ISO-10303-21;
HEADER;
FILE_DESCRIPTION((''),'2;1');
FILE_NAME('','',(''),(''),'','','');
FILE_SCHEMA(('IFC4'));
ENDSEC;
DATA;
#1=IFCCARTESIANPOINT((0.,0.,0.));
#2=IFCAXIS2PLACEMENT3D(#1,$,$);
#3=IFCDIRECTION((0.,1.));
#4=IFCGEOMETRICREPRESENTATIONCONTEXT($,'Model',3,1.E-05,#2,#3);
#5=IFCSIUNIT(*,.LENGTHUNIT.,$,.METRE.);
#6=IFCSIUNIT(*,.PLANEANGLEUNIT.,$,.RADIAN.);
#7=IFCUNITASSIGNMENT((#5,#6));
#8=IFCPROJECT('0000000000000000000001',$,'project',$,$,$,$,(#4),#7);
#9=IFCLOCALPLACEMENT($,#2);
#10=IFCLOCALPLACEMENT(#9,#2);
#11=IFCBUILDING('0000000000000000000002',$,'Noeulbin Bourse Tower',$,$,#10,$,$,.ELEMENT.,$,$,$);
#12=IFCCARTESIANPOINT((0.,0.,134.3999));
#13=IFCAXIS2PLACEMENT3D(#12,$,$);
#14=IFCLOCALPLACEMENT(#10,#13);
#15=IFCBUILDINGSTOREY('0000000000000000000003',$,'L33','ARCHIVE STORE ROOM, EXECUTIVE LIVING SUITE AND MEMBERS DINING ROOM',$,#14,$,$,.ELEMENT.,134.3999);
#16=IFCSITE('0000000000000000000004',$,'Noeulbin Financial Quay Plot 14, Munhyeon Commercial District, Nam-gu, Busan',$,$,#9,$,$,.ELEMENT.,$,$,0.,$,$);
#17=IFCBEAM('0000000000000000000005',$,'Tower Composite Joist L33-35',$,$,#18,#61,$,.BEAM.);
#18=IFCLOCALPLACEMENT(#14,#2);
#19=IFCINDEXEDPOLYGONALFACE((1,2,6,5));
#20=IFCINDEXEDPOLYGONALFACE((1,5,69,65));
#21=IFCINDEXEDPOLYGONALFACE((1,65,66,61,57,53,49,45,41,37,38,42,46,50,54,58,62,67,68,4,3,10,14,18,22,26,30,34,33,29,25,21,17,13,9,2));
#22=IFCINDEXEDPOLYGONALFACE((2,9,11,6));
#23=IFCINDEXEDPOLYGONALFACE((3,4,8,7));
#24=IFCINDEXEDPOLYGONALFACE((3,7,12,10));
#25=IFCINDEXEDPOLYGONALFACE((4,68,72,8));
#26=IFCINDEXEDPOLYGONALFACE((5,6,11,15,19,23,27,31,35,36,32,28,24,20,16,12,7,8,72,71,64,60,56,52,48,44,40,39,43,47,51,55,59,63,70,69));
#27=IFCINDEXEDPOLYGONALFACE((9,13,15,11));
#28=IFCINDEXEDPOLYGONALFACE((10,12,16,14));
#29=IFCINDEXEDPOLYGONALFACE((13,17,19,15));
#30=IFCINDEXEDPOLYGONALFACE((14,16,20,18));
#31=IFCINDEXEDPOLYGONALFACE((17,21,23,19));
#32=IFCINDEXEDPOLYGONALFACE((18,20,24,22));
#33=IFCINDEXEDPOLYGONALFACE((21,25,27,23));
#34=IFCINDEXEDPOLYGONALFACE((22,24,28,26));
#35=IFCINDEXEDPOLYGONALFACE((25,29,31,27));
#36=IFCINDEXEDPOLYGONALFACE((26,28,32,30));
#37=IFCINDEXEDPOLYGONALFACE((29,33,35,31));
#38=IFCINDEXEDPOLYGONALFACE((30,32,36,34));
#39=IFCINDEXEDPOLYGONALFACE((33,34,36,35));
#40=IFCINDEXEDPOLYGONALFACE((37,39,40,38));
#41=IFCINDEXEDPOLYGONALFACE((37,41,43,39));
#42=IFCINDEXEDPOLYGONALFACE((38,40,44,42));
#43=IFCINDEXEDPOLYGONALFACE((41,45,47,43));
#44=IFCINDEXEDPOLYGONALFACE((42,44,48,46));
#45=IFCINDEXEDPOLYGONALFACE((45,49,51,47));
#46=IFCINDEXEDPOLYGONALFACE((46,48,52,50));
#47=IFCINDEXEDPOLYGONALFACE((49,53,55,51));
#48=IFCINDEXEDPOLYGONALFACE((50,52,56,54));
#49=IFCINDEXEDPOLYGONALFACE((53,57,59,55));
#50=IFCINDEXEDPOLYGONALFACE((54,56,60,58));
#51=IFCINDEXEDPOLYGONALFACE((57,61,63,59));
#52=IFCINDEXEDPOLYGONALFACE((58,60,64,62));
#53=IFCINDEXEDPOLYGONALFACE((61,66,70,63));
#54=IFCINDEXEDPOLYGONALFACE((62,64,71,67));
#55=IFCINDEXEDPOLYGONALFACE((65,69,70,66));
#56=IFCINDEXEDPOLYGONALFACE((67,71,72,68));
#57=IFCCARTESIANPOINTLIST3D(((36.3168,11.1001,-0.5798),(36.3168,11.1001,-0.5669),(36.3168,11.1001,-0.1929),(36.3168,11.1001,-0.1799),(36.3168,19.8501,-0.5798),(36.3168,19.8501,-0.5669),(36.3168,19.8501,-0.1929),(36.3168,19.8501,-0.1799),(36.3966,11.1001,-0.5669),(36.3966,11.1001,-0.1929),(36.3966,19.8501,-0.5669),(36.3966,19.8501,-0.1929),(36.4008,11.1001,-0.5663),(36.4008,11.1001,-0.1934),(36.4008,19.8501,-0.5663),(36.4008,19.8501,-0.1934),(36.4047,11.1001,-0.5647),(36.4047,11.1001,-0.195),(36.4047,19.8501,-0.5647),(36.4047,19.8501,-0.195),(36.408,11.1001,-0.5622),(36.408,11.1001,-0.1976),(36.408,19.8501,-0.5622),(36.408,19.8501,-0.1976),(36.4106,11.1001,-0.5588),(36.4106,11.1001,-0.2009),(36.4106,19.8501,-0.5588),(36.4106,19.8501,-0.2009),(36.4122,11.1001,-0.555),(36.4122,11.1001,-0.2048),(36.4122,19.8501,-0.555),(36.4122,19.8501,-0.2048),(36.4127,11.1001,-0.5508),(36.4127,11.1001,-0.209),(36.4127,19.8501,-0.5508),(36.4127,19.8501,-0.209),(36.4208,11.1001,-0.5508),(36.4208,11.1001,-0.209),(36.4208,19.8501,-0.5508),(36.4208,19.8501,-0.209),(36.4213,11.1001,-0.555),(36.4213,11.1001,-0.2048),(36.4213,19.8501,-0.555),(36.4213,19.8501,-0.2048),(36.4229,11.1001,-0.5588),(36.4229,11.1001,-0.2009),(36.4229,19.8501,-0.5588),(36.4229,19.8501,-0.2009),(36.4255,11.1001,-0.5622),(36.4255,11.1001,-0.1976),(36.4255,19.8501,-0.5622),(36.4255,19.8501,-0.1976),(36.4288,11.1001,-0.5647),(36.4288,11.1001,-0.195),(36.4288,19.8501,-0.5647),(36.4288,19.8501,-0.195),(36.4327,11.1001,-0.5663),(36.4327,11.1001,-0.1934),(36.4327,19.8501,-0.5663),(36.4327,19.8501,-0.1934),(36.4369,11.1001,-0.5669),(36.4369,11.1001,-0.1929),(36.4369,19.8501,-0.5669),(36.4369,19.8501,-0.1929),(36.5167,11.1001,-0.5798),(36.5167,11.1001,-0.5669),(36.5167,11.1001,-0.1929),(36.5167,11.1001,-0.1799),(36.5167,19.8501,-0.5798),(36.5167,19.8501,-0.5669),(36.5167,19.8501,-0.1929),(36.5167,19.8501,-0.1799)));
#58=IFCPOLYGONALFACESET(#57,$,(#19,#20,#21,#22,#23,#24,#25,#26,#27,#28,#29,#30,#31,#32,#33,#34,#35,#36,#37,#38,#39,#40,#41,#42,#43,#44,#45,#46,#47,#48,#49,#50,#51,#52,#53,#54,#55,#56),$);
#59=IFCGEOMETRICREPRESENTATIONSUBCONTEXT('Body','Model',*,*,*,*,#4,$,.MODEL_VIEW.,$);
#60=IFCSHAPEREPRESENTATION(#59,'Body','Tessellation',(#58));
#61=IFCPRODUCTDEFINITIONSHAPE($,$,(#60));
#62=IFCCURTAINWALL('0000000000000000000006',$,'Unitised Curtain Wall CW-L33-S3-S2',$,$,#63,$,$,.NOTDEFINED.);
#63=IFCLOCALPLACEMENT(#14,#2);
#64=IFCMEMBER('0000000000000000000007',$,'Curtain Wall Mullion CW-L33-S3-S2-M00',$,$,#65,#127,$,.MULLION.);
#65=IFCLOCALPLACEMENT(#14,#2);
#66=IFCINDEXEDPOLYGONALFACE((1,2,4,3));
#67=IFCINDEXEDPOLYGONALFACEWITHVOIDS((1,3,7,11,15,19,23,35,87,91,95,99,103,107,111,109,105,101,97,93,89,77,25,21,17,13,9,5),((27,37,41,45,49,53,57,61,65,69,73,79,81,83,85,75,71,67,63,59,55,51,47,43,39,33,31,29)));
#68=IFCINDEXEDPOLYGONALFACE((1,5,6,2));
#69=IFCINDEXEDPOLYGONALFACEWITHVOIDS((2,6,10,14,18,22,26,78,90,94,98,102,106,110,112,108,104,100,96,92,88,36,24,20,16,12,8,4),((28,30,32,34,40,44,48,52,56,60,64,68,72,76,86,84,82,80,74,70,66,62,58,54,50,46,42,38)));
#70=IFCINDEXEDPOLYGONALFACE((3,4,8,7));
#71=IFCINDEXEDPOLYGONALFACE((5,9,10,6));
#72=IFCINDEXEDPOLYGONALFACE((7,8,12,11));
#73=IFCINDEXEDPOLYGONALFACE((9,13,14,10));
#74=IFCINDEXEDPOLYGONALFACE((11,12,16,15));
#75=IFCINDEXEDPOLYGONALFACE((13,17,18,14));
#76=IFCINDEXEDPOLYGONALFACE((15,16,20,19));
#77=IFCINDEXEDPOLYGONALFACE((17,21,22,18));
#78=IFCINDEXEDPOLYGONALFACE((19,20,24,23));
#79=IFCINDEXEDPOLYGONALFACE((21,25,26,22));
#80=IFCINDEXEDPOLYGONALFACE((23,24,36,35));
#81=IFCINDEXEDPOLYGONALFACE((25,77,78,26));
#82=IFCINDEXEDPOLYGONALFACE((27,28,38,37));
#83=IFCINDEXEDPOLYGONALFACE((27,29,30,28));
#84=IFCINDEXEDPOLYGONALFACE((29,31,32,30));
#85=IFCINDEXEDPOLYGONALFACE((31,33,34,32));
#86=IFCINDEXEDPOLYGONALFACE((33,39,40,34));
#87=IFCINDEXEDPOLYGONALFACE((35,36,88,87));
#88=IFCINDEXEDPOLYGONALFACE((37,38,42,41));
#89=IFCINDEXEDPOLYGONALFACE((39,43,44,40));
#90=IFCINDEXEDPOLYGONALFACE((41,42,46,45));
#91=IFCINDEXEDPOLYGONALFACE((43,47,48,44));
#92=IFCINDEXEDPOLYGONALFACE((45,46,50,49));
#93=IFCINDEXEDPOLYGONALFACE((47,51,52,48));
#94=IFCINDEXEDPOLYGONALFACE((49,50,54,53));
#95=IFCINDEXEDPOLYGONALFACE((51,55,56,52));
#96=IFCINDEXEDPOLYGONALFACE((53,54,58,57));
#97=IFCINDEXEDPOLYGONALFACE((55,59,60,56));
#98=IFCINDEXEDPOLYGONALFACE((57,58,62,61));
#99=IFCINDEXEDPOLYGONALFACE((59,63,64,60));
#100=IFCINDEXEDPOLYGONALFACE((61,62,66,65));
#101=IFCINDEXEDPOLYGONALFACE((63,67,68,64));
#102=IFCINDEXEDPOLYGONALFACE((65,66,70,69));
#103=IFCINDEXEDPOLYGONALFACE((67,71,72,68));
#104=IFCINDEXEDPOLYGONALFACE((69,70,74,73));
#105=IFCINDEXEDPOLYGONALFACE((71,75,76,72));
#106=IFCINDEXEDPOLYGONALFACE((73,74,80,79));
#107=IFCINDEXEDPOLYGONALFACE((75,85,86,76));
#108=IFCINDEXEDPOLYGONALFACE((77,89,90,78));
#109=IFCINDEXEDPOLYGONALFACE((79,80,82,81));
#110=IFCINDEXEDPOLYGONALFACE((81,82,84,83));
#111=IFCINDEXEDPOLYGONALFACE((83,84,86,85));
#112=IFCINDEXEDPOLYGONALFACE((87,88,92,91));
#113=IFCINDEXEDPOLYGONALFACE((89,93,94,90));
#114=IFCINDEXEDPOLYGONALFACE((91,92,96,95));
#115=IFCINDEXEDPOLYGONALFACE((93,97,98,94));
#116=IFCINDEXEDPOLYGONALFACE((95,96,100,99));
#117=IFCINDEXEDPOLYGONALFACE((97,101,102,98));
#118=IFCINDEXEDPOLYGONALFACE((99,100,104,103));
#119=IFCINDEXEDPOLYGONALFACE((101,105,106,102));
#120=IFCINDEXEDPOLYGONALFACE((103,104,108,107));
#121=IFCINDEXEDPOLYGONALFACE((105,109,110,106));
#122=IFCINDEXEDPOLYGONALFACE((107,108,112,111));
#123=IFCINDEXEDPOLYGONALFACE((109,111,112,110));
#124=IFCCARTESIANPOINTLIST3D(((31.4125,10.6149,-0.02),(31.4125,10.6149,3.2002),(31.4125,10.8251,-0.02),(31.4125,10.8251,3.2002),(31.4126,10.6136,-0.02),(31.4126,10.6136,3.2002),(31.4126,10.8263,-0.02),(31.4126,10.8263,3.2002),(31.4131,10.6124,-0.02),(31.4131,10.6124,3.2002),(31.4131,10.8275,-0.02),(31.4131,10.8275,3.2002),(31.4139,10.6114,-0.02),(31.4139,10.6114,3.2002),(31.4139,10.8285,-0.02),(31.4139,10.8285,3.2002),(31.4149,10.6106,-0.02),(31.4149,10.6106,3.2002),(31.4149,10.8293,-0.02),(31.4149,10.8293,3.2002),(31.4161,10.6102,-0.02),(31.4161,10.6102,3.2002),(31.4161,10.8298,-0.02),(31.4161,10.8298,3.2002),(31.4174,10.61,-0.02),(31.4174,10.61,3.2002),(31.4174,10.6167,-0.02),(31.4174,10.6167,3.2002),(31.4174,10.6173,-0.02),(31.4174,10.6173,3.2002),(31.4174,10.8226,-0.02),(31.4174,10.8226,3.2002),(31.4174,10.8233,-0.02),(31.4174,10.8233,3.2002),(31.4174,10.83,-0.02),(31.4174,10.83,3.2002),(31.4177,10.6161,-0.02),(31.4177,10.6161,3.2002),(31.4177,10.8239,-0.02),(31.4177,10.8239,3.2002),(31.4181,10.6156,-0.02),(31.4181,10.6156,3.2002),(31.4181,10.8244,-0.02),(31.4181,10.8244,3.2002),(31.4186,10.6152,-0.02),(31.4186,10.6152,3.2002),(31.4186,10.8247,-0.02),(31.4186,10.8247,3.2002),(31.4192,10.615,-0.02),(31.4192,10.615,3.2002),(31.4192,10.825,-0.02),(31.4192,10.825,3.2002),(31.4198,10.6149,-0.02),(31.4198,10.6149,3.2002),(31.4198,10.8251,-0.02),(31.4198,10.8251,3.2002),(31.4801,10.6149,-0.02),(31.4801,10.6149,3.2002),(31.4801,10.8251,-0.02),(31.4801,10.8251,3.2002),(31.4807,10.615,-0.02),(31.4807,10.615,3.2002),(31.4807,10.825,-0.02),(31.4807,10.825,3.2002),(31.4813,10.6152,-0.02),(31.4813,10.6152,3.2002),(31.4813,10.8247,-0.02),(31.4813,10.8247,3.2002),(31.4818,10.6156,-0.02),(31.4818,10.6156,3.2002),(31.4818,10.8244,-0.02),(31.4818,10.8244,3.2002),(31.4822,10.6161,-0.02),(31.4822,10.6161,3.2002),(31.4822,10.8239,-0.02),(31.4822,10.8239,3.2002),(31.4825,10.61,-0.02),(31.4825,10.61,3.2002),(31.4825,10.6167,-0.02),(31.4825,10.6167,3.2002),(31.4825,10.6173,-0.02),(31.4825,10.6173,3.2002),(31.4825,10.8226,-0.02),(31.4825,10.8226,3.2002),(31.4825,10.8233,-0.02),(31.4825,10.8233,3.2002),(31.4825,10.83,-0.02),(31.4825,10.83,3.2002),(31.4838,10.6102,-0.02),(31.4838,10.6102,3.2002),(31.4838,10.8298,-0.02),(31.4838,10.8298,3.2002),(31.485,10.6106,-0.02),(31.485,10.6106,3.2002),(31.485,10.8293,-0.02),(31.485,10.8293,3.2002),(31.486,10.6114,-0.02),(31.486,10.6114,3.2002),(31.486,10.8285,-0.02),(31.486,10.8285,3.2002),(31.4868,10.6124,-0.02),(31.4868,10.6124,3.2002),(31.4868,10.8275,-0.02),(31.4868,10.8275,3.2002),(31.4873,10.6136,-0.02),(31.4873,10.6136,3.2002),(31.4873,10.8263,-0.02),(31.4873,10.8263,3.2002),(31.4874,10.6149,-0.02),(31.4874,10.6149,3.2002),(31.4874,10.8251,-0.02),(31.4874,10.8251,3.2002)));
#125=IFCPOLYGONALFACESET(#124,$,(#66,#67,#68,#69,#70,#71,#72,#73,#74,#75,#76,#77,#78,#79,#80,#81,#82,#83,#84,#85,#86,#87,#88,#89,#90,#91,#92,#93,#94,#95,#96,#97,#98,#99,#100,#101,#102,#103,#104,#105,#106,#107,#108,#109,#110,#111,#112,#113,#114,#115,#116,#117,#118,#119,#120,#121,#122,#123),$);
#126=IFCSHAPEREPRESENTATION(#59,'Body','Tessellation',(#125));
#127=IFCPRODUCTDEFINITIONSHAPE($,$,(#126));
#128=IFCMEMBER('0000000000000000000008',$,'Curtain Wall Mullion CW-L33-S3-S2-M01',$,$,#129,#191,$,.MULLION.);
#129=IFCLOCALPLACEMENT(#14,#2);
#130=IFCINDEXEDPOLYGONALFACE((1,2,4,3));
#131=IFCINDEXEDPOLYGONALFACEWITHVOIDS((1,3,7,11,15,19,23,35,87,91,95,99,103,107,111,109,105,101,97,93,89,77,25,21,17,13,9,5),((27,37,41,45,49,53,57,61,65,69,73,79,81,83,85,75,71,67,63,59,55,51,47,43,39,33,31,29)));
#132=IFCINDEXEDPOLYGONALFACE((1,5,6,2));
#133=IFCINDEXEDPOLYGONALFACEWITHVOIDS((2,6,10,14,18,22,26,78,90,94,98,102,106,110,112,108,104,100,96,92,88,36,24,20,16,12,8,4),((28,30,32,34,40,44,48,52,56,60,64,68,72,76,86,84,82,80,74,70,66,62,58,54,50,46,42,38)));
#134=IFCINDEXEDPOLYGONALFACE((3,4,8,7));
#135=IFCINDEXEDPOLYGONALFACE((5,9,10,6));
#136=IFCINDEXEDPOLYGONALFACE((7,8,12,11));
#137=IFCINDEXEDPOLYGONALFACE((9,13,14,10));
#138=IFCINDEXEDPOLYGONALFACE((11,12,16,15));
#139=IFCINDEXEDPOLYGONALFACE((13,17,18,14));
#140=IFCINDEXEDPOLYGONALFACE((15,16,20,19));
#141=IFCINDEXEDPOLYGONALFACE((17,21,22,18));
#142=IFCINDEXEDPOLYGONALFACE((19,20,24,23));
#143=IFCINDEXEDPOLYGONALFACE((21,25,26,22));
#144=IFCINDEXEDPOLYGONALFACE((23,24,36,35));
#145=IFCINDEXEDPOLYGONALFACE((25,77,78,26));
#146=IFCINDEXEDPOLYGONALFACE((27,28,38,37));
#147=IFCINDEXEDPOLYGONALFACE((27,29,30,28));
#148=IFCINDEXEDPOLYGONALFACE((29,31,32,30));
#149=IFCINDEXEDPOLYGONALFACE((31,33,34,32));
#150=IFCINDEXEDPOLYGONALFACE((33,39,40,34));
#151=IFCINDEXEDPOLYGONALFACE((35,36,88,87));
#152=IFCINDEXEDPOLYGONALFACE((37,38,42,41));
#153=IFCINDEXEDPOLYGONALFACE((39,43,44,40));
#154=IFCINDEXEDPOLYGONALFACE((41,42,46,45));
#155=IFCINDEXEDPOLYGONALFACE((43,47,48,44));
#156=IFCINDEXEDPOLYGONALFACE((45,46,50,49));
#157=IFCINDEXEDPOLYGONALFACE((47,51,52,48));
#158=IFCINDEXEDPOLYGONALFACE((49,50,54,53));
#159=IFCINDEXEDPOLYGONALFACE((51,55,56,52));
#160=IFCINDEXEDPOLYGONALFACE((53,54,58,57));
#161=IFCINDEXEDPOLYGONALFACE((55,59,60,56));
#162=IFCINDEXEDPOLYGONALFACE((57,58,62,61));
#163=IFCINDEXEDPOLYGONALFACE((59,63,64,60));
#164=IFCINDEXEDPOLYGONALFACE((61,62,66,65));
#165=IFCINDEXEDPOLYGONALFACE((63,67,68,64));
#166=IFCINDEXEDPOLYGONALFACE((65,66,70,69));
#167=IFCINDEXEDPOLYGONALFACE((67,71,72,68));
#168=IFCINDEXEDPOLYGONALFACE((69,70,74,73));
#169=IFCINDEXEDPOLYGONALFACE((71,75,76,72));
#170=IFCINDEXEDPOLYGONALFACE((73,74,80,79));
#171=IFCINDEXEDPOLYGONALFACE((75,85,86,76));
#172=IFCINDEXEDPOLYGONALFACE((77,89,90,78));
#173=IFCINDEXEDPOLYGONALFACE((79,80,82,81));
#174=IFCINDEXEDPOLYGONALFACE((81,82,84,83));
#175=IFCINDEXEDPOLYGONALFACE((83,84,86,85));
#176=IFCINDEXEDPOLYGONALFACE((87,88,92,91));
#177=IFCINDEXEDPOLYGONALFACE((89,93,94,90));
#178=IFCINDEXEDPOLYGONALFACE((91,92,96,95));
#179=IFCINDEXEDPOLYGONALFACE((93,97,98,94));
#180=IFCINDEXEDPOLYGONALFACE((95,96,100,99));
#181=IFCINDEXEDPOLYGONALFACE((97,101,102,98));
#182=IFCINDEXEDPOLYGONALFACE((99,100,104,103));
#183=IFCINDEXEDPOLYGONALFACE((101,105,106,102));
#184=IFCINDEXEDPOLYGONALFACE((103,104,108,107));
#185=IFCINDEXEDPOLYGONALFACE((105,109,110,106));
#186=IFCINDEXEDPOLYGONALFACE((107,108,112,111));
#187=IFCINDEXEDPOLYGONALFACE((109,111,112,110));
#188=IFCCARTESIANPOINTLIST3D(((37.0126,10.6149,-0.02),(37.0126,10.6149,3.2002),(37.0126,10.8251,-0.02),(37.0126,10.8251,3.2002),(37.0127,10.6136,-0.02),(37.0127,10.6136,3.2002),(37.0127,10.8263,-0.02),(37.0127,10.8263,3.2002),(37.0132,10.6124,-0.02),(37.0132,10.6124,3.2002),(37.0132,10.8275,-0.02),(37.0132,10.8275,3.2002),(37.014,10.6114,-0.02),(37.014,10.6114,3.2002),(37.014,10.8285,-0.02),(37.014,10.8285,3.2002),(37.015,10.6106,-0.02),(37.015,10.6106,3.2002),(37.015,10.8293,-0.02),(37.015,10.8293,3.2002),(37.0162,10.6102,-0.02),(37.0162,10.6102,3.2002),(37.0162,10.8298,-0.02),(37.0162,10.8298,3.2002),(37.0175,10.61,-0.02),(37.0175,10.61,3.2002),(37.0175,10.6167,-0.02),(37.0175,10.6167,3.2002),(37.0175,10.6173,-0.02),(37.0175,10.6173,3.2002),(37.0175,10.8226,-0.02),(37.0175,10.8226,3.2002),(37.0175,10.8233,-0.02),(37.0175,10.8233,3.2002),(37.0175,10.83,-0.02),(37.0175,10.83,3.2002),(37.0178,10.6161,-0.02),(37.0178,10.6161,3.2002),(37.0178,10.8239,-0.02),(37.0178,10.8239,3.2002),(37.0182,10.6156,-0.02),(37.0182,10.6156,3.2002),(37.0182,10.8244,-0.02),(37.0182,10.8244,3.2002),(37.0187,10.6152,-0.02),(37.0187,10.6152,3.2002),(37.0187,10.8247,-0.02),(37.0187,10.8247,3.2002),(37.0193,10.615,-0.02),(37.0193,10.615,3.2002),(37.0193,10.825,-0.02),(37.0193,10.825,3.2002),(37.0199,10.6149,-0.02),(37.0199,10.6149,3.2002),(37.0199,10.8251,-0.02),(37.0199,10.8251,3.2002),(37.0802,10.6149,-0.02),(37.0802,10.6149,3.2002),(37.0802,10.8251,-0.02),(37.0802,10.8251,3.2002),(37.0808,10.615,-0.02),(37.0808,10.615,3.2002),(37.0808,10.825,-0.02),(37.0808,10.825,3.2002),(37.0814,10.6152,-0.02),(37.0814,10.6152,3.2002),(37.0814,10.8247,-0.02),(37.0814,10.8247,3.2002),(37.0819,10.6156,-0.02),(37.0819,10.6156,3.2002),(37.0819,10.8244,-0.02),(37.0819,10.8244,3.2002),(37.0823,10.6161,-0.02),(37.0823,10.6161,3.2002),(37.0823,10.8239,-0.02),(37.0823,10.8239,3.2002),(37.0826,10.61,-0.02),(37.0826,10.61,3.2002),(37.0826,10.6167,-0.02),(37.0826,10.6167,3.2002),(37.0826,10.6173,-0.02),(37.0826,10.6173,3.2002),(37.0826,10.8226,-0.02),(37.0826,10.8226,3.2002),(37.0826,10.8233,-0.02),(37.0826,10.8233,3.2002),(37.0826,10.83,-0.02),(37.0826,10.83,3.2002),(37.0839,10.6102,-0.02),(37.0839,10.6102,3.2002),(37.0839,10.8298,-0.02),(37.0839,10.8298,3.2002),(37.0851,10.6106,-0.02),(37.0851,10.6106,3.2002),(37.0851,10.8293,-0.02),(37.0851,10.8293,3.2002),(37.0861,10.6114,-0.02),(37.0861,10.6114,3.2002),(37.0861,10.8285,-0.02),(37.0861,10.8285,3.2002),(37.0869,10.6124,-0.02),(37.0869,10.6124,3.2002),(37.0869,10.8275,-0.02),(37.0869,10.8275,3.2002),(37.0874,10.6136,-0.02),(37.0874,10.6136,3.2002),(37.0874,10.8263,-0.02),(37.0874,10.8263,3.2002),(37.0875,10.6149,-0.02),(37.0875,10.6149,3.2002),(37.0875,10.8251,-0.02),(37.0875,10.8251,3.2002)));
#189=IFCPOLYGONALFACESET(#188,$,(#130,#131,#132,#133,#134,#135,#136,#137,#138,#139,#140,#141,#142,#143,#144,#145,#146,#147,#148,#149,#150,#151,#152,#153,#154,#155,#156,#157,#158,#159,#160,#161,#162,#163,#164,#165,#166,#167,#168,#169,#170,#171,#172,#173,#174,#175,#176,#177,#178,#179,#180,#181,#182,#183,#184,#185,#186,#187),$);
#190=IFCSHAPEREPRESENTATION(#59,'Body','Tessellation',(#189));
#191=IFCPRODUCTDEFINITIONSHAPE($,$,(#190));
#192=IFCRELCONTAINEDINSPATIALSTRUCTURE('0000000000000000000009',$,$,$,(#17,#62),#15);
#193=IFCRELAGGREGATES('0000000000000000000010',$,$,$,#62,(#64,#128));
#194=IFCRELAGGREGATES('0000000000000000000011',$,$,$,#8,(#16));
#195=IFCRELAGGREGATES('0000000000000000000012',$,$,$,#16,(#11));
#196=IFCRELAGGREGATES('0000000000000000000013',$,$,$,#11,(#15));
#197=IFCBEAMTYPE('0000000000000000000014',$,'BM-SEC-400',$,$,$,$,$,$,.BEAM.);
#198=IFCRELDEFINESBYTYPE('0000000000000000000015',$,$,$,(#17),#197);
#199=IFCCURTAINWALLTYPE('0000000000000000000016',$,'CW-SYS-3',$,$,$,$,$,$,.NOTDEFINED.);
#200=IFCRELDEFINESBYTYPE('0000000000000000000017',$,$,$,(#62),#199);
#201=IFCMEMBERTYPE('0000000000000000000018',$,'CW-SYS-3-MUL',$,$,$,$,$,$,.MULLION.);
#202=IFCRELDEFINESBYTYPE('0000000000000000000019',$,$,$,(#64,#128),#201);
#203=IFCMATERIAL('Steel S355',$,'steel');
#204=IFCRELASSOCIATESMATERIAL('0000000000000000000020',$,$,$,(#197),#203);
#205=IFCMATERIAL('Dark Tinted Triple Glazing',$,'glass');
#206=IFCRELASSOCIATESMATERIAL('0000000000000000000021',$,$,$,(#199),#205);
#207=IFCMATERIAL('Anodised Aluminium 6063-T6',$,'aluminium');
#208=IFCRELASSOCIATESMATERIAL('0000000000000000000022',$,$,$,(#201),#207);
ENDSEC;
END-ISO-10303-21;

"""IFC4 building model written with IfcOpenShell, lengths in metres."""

from ifc_helpers import new_model, si_unit, direction, frame, origin, origin_2d, place, context, subcontext, project, spatial, hollow_rectangle, i_section, extrude, material, material_profile, profile_set, type_object, element, aggregate, save


model = new_model("IFC4")

# Units and contexts
model_context = context("Model", 3, precision=1e-05, world=origin(), true_north=direction((0.0, 1.0)))
body_context = subcontext(model_context, "Body", "Model", "MODEL_VIEW")
ifc_project = project(units=[si_unit("LENGTHUNIT", "METRE"), si_unit("PLANEANGLEUNIT", "RADIAN")], contexts=[model_context])

# Site, building, storey
site_placement = place(None, origin())
site = spatial("IfcSite", under=ifc_project, at=site_placement, Name="Noeulbin Financial Quay Plot 14, Munhyeon Commercial District, Nam-gu, Busan", CompositionType="ELEMENT", RefElevation=0.0)
building_placement = place(site_placement, origin())
building = spatial("IfcBuilding", under=site, at=building_placement, Name="Noeulbin Bourse Tower", CompositionType="ELEMENT")
storey_placement = place(building_placement, frame((0.0, 0.0, 134.3999)))
storey = spatial("IfcBuildingStorey", under=building, at=storey_placement, Name="L33", Description="ARCHIVE STORE ROOM, EXECUTIVE LIVING SUITE AND MEMBERS DINING ROOM", CompositionType="ELEMENT", Elevation=134.3999)

# Shared definitions
ifc_material_1 = material(Name="Steel S355", Category="steel")

# Beam
ifc_material_profile_1 = material_profile(ifc_material_1, i_section(OverallWidth=0.2, OverallDepth=0.3999, WebThickness=0.0081, FlangeThickness=0.0129, FilletRadius=0.0161, at=origin_2d()), Name="H-400x200x8x13", Category="LoadBearing")
ifc_profile_set_1 = profile_set([ifc_material_profile_1], Name="Steel S355")
beam_type_1 = type_object("IfcBeamType", Name="BM-SEC-400", PredefinedType="BEAM", material=ifc_profile_set_1)
for number, where, z_axis, x_axis, name in (
    (1, (36.4167, 11.1001, -0.3799), (0.0, 1.0, 0.0), (-1.0, 0.0, 0.0), "Tower Composite Joist L33-35"),
):
    element("IfcBeam", number, at=place(storey_placement, frame(where, z_axis=z_axis, x_axis=x_axis)), inside=storey, type_object=beam_type_1, Name=name, PredefinedType="BEAM", context=body_context, shape_type="SweptSolid", body=[
        extrude(i_section(OverallWidth=0.2, OverallDepth=0.3999, WebThickness=0.0081, FlangeThickness=0.0129, FilletRadius=0.0161, at=origin_2d()), origin(), (0.0, 0.0, 1.0), 8.75),
    ])

# Curtain wall, members
ifc_material_2 = material(Name="Dark Tinted Triple Glazing", Category="glass")
curtain_wall_type = type_object("IfcCurtainWallType", Name="CW-SYS-3", PredefinedType="NOTDEFINED", material=ifc_material_2)
curtain_wall_placement = place(storey_placement, origin())
curtain_wall = element("IfcCurtainWall", 2, at=curtain_wall_placement, inside=storey, type_object=curtain_wall_type, Name="Unitised Curtain Wall CW-L33-S3-S2", PredefinedType="NOTDEFINED")
ifc_material_3 = material(Name="Anodised Aluminium 6063-T6", Category="aluminium")
ifc_material_profile_2 = material_profile(ifc_material_3, hollow_rectangle(XDim=0.075, YDim=0.22, WallThickness=0.0049, InnerFilletRadius=0.0024, OuterFilletRadius=0.0049, at=origin_2d()), Name="ALU-MULL-75x220x5", Category="LoadBearing")
ifc_profile_set_2 = profile_set([ifc_material_profile_2], Name="Anodised Aluminium 6063-T6")
member_type_1 = type_object("IfcMemberType", Name="CW-SYS-3-MUL", PredefinedType="MULLION", material=ifc_profile_set_2)
member_1_placement = place(storey_placement, frame((31.45, 10.72, -0.02), z_axis=(0.0, 0.0, 1.0), x_axis=(1.0, 0.0, 0.0)))
member_1 = element("IfcMember", 3, at=member_1_placement, type_object=member_type_1, Name="Curtain Wall Mullion CW-L33-S3-S2-M00", PredefinedType="MULLION", context=body_context, shape_type="SweptSolid", body=[
    extrude(hollow_rectangle(XDim=0.075, YDim=0.22, WallThickness=0.0049, InnerFilletRadius=0.0024, OuterFilletRadius=0.0049, at=origin_2d()), origin(), (0.0, 0.0, 1.0), 3.2202),
])
member_2_placement = place(storey_placement, frame((37.05, 10.72, -0.02), z_axis=(0.0, 0.0, 1.0), x_axis=(1.0, 0.0, 0.0)))
member_2 = element("IfcMember", 4, at=member_2_placement, type_object=member_type_1, Name="Curtain Wall Mullion CW-L33-S3-S2-M01", PredefinedType="MULLION", context=body_context, shape_type="SweptSolid", body=[
    extrude(hollow_rectangle(XDim=0.075, YDim=0.22, WallThickness=0.0049, InnerFilletRadius=0.0024, OuterFilletRadius=0.0049, at=origin_2d()), origin(), (0.0, 0.0, 1.0), 3.2202),
])
aggregate(curtain_wall, [member_1, member_2])

save(model, "model.ifc")
